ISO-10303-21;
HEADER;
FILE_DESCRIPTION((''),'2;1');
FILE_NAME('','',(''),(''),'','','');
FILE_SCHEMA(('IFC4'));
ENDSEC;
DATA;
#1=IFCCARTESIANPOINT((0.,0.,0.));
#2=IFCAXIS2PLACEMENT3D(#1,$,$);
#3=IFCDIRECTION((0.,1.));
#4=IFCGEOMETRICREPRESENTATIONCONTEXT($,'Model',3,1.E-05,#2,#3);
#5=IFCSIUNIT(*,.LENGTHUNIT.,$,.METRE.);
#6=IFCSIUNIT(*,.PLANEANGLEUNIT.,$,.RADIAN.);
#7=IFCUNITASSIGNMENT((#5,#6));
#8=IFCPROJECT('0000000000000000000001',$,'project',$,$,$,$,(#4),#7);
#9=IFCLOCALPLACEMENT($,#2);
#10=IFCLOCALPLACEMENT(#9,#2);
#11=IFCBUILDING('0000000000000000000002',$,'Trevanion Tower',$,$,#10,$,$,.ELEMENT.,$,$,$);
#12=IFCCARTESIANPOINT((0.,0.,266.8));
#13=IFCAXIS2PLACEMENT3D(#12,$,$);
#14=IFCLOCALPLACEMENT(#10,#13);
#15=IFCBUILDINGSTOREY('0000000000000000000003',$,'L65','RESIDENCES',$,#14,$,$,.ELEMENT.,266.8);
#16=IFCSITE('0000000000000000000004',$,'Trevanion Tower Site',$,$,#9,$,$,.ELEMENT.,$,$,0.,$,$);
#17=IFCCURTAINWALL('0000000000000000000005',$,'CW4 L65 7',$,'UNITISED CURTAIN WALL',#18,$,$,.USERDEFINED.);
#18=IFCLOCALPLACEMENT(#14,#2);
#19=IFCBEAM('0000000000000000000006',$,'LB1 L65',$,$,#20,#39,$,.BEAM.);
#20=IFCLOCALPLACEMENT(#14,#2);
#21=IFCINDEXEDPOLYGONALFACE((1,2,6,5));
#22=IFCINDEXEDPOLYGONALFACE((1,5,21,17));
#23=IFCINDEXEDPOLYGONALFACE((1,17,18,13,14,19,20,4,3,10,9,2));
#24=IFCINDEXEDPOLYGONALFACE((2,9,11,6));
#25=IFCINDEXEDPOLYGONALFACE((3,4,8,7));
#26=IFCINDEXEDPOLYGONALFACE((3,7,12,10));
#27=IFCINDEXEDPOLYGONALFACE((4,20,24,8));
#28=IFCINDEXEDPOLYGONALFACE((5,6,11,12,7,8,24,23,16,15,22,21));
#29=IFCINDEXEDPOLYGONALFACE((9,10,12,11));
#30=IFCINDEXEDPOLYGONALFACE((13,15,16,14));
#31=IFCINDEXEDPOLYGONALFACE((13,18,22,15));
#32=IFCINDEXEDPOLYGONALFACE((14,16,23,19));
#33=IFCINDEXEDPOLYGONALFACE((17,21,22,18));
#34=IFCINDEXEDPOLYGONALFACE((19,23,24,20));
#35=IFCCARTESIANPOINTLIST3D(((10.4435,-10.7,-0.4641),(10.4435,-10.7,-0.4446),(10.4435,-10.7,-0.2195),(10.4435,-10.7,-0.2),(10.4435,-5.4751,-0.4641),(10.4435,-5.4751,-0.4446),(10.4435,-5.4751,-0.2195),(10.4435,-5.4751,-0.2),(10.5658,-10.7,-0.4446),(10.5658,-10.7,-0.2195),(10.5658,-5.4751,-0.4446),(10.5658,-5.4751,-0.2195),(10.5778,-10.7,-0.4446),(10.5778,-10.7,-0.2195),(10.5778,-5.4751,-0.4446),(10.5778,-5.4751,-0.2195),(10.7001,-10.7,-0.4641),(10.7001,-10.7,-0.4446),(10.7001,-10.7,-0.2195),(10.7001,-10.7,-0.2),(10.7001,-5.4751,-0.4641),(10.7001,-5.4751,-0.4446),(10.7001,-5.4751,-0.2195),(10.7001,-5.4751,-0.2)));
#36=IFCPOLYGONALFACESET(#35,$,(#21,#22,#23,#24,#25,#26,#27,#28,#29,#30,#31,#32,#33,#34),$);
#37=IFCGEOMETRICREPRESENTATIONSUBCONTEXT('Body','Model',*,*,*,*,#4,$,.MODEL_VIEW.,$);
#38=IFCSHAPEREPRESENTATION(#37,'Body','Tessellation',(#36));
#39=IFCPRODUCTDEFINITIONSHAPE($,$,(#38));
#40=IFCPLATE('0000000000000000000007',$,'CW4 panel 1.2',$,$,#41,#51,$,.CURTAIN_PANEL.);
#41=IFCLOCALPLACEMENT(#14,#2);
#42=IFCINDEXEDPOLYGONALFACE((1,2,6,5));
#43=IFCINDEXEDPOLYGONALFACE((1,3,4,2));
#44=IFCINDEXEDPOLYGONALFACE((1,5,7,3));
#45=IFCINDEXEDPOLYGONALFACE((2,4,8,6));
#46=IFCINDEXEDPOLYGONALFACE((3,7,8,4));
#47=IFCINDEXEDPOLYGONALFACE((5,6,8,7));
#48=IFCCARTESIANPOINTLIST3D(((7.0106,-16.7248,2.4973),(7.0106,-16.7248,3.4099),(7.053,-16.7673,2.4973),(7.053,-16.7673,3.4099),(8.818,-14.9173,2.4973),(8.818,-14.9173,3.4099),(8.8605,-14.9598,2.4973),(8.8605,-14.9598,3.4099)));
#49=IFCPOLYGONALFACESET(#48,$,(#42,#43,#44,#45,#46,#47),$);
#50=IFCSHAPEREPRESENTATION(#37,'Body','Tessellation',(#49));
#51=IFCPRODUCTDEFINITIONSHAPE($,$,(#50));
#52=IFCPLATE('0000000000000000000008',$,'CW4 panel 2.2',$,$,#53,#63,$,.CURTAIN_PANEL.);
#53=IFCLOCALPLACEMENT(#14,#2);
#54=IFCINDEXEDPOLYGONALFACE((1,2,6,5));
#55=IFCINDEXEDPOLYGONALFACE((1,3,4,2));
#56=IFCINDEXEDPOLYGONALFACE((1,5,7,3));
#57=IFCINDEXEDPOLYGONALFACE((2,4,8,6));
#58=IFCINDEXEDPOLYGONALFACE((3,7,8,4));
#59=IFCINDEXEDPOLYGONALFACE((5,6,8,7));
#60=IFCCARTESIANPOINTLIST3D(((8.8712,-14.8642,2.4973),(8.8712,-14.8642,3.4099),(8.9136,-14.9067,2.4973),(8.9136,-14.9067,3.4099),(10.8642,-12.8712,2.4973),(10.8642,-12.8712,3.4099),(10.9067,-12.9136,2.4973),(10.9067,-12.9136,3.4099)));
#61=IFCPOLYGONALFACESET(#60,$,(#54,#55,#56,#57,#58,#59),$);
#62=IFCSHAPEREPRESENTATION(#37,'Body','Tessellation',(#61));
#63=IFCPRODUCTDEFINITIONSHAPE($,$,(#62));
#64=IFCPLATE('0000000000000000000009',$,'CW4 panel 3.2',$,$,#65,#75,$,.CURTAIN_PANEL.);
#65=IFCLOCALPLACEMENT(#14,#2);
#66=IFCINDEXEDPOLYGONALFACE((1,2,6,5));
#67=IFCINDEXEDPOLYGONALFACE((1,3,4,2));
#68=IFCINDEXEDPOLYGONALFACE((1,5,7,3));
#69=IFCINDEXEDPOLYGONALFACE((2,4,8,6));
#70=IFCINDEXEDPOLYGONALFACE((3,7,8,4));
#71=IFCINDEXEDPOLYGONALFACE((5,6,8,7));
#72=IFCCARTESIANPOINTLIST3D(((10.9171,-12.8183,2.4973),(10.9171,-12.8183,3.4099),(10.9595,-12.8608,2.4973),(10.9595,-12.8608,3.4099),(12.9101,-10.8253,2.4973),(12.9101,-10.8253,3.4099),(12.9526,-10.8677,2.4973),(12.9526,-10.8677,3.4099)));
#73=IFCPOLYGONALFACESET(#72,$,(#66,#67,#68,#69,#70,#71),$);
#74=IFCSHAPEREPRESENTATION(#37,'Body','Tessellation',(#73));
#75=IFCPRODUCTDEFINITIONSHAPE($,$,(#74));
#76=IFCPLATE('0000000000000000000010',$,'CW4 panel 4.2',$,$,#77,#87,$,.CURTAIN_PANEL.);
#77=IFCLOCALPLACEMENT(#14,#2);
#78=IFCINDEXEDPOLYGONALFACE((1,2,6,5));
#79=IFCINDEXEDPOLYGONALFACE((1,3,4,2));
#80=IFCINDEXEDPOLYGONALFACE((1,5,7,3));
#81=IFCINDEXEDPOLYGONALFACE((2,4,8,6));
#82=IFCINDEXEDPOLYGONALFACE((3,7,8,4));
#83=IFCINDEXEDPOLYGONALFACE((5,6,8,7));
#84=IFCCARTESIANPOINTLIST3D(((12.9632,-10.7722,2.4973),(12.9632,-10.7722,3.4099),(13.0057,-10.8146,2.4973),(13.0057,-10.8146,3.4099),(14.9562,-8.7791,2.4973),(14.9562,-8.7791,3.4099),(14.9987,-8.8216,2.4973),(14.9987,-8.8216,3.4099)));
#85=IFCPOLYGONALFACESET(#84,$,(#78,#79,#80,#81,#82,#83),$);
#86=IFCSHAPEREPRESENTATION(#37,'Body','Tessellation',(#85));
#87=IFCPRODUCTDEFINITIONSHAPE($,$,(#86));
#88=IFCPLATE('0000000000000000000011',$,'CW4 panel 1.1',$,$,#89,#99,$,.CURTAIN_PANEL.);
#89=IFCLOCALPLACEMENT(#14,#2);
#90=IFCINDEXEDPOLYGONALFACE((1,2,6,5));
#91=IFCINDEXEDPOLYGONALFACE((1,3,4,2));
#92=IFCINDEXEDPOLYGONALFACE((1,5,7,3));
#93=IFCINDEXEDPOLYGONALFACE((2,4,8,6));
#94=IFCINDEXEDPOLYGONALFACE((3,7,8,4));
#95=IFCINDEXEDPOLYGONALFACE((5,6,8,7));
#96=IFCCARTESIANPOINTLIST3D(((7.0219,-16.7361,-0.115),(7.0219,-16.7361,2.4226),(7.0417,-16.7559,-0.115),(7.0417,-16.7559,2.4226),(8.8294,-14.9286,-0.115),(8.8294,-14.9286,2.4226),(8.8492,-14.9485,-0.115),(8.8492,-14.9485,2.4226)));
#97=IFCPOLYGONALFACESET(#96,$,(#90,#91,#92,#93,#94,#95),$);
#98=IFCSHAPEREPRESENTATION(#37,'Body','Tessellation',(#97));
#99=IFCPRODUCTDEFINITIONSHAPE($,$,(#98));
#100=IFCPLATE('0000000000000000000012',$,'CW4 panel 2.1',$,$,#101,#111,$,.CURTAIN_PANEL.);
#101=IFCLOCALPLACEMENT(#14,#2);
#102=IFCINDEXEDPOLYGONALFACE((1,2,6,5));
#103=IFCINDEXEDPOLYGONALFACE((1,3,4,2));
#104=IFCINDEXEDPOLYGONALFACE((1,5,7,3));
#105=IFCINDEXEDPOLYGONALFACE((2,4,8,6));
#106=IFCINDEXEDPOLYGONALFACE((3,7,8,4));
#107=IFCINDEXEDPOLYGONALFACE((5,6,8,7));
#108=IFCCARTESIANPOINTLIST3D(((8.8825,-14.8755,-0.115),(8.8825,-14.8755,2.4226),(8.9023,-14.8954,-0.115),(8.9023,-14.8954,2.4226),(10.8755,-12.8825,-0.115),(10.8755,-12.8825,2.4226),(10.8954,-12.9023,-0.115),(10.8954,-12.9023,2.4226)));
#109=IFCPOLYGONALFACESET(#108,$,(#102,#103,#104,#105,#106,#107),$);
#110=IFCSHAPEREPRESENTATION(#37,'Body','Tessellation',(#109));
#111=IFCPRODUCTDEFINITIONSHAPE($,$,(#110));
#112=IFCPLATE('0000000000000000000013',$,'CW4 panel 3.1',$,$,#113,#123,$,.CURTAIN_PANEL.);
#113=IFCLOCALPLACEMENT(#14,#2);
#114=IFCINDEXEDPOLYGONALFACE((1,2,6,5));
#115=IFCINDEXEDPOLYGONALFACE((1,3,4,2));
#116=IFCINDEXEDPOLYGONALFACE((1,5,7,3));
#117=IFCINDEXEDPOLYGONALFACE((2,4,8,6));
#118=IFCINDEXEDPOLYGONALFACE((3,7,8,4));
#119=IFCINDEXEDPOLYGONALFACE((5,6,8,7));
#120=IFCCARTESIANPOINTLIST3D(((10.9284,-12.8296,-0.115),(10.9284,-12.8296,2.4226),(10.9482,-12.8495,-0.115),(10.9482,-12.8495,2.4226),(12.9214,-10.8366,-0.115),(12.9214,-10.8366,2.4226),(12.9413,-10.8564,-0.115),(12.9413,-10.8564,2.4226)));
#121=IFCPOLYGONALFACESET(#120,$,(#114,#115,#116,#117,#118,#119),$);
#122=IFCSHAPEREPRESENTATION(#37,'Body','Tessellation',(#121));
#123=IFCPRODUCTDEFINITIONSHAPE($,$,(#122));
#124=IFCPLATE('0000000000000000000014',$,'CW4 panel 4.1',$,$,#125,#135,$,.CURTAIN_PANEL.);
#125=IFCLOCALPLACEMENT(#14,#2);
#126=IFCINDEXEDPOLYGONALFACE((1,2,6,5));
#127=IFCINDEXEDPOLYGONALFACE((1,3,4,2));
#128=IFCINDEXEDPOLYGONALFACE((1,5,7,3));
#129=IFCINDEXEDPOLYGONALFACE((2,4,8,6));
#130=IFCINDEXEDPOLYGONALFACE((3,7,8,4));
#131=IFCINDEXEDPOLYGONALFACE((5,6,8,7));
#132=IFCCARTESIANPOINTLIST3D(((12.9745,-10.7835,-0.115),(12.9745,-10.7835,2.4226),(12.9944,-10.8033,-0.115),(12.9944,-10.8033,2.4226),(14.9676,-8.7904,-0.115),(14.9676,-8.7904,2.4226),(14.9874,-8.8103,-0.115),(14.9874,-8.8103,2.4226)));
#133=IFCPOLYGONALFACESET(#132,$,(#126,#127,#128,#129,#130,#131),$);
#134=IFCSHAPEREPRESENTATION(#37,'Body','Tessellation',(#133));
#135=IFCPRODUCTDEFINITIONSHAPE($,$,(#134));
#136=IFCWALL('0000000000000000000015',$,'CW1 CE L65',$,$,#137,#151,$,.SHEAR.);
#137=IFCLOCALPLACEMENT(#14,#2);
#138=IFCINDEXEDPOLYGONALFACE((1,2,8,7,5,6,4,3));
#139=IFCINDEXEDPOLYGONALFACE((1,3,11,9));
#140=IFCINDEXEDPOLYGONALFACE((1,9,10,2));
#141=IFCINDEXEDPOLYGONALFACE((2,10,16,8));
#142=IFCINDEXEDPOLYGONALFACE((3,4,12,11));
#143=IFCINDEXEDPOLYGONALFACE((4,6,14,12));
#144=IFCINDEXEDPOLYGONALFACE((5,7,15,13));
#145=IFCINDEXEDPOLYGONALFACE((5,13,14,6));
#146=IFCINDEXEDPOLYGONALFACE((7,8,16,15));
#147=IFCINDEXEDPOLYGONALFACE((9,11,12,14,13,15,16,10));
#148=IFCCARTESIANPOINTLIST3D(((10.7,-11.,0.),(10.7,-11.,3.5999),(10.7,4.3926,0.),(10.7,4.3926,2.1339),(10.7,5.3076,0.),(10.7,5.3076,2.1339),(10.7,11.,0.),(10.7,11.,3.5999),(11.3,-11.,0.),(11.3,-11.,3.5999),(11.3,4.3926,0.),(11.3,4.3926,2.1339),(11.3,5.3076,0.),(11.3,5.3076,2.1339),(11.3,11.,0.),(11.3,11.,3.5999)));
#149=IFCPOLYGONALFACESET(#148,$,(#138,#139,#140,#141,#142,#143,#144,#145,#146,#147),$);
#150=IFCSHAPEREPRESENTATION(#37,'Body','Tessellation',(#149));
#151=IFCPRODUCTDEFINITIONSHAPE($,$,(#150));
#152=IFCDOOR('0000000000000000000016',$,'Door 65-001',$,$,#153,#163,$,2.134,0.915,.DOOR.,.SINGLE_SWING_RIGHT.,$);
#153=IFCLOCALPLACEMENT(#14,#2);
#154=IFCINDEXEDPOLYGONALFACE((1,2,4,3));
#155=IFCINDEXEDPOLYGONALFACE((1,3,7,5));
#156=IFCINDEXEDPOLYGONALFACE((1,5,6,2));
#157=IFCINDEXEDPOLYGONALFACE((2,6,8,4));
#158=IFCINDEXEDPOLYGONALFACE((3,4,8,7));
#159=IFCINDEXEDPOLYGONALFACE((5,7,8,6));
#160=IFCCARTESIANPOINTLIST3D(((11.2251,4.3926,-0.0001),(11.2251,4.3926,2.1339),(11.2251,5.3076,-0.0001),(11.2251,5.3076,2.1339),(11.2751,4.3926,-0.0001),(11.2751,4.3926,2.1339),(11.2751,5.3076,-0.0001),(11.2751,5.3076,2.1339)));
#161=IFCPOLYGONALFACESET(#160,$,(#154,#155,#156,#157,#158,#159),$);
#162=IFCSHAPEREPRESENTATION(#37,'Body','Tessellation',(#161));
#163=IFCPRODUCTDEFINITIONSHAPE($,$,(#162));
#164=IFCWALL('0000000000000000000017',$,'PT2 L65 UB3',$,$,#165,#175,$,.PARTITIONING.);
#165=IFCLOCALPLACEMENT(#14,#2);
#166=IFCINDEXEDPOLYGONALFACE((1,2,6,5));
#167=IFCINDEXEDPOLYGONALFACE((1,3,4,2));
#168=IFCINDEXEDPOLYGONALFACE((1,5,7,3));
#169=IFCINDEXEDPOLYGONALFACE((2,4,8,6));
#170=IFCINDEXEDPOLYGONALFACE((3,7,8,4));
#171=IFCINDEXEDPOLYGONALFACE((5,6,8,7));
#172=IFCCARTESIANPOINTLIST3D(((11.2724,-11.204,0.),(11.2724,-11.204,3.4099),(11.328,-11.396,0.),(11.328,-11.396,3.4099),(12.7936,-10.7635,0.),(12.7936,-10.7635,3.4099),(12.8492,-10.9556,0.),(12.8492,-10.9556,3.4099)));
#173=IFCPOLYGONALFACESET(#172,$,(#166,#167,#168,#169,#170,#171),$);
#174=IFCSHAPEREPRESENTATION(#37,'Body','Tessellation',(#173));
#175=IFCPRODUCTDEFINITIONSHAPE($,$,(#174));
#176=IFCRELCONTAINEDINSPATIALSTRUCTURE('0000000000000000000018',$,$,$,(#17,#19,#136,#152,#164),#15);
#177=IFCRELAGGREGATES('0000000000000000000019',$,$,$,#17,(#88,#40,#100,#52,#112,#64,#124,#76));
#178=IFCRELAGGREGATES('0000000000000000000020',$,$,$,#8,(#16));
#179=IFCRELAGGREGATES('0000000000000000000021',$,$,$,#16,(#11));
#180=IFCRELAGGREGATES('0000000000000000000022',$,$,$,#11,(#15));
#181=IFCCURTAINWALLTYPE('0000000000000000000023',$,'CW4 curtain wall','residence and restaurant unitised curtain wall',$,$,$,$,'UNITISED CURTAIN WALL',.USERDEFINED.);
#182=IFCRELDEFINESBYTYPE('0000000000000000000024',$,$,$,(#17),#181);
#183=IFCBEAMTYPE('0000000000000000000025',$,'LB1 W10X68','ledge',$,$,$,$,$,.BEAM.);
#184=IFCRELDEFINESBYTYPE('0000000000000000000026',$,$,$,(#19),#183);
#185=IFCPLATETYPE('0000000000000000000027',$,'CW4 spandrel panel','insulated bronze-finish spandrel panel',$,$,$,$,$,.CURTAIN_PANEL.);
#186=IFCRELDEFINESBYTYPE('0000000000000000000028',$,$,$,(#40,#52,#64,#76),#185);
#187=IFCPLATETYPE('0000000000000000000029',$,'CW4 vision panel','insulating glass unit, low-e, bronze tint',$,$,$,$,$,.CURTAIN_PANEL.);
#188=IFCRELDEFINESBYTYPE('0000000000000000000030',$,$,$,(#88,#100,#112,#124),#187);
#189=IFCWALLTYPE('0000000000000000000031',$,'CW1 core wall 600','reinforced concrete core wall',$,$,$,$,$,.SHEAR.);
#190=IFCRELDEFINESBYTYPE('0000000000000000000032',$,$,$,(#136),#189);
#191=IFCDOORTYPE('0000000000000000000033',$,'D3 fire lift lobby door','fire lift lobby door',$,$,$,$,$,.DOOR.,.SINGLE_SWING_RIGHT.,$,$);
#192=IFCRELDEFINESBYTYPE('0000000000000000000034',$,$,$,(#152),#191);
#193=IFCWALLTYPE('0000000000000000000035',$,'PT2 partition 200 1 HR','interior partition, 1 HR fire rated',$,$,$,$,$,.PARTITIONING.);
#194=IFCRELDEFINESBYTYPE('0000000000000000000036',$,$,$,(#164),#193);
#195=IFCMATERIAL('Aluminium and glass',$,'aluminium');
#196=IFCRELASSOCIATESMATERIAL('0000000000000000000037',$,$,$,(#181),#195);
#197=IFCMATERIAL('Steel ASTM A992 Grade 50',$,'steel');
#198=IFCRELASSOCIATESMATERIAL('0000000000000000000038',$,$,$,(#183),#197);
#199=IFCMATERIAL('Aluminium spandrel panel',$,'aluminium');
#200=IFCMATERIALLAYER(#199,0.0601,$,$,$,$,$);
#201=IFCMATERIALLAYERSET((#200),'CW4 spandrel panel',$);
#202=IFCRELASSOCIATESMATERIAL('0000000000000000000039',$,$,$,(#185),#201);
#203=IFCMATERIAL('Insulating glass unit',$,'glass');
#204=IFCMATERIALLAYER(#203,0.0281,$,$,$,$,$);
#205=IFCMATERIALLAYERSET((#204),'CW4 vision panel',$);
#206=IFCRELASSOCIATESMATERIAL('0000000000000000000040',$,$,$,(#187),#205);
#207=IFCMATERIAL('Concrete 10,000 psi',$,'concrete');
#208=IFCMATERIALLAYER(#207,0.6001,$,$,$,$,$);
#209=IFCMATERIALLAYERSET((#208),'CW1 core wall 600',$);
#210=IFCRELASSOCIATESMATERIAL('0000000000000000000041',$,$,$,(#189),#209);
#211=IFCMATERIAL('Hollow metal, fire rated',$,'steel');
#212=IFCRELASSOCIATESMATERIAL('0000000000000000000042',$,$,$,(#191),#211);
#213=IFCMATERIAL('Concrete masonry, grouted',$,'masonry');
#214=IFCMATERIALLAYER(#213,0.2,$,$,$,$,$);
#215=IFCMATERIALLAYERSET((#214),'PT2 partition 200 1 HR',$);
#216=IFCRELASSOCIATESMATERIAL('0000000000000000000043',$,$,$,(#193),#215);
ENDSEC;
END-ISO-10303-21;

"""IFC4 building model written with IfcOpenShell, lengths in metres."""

from ifc_helpers import new_model, si_unit, direction, frame, frame_2d, origin, origin_2d, place, context, subcontext, project, spatial, rectangle, i_section, extrude, material, layer, layer_set, material_profile, profile_set, type_object, element, fill, aggregate, save


model = new_model("IFC4")

# Units and contexts
model_context = context("Model", 3, precision=1e-05, world=origin(), true_north=direction((0.0, 1.0)))
body_context = subcontext(model_context, "Body", "Model", "MODEL_VIEW")
ifc_project = project(units=[si_unit("LENGTHUNIT", "METRE"), si_unit("PLANEANGLEUNIT", "RADIAN")], contexts=[model_context])

# Site, building, storey
site_placement = place(None, origin())
site = spatial("IfcSite", under=ifc_project, at=site_placement, Name="Trevanion Tower Site", CompositionType="ELEMENT", RefElevation=0.0)
building_placement = place(site_placement, origin())
building = spatial("IfcBuilding", under=site, at=building_placement, Name="Trevanion Tower", CompositionType="ELEMENT")
storey_placement = place(building_placement, frame((0.0, 0.0, 266.8)))
storey = spatial("IfcBuildingStorey", under=building, at=storey_placement, Name="L65", Description="RESIDENCES", CompositionType="ELEMENT", Elevation=266.8)

# Curtain wall
ifc_material_1 = material(Name="Aluminium and glass", Category="aluminium")
curtain_wall_type = type_object("IfcCurtainWallType", Name="CW4 curtain wall", Description="residence and restaurant unitised curtain wall", ElementType="UNITISED CURTAIN WALL", PredefinedType="USERDEFINED", material=ifc_material_1)
curtain_wall_placement = place(storey_placement, origin())
curtain_wall = element("IfcCurtainWall", 1, at=curtain_wall_placement, inside=storey, type_object=curtain_wall_type, Name="CW4 L65 7", ObjectType="UNITISED CURTAIN WALL", PredefinedType="USERDEFINED")

# Beam
ifc_material_2 = material(Name="Steel ASTM A992 Grade 50", Category="steel")
ifc_material_profile_1 = material_profile(ifc_material_2, i_section(OverallWidth=0.2566, OverallDepth=0.2642, WebThickness=0.012, FlangeThickness=0.0195, at=origin_2d()), Name="W10X68")
ifc_profile_set_1 = profile_set([ifc_material_profile_1], Name="Steel ASTM A992 Grade 50")
beam_type = type_object("IfcBeamType", Name="LB1 W10X68", Description="ledge", PredefinedType="BEAM", material=ifc_profile_set_1)
beam_placement = place(storey_placement, frame((10.5718, -10.7, -0.332), z_axis=(0.0, 1.0, 0.0), x_axis=(-1.0, 0.0, 0.0)))
element("IfcBeam", 2, at=beam_placement, inside=storey, type_object=beam_type, Name="LB1 L65", PredefinedType="BEAM", context=body_context, shape_type="SweptSolid", body=[
    extrude(i_section(OverallWidth=0.2566, OverallDepth=0.2642, WebThickness=0.012, FlangeThickness=0.0195, at=origin_2d()), origin(), (0.0, 0.0, 1.0), 5.2249),
])

# Plates
ifc_material_3 = material(Name="Aluminium spandrel panel", Category="aluminium")
ifc_layer_1 = layer(ifc_material_3, 0.0601)
ifc_layer_set_1 = layer_set([ifc_layer_1], Name="CW4 spandrel panel")
plate_type_1 = type_object("IfcPlateType", Name="CW4 spandrel panel", Description="insulated bronze-finish spandrel panel", PredefinedType="CURTAIN_PANEL", material=ifc_layer_set_1)
plate_1_placement = place(storey_placement, frame((7.9355, -15.8423, 2.4973), z_axis=(0.0, 0.0, 1.0), x_axis=(0.707107, 0.707107, 0.0)))
plate_1 = element("IfcPlate", 3, at=plate_1_placement, type_object=plate_type_1, Name="CW4 panel 1.2", PredefinedType="CURTAIN_PANEL", context=body_context, shape_type="SweptSolid", body=[
    extrude(rectangle(XDim=2.5562, YDim=0.0601, at=origin_2d()), origin(), (0.0, 0.0, 1.0), 0.9126),
])
plate_2_placement = place(storey_placement, frame((9.8889, -13.8889, 2.4973), z_axis=(0.0, 0.0, 1.0), x_axis=(0.707107, 0.707107, 0.0)))
plate_2 = element("IfcPlate", 4, at=plate_2_placement, type_object=plate_type_1, Name="CW4 panel 2.2", PredefinedType="CURTAIN_PANEL", context=body_context, shape_type="SweptSolid", body=[
    extrude(rectangle(XDim=2.8186, YDim=0.0601, at=origin_2d()), origin(), (0.0, 0.0, 1.0), 0.9126),
])
plate_3_placement = place(storey_placement, frame((11.9348, -11.843, 2.4973), z_axis=(0.0, 0.0, 1.0), x_axis=(0.707107, 0.707107, 0.0)))
plate_3 = element("IfcPlate", 5, at=plate_3_placement, type_object=plate_type_1, Name="CW4 panel 3.2", PredefinedType="CURTAIN_PANEL", context=body_context, shape_type="SweptSolid", body=[
    extrude(rectangle(XDim=2.8186, YDim=0.0601, at=origin_2d()), origin(), (0.0, 0.0, 1.0), 0.9126),
])
plate_4_placement = place(storey_placement, frame((13.981, -9.7969, 2.4973), z_axis=(0.0, 0.0, 1.0), x_axis=(0.707107, 0.707107, 0.0)))
plate_4 = element("IfcPlate", 6, at=plate_4_placement, type_object=plate_type_1, Name="CW4 panel 4.2", PredefinedType="CURTAIN_PANEL", context=body_context, shape_type="SweptSolid", body=[
    extrude(rectangle(XDim=2.8186, YDim=0.0601, at=origin_2d()), origin(), (0.0, 0.0, 1.0), 0.9126),
])
ifc_material_4 = material(Name="Insulating glass unit", Category="glass")
ifc_layer_2 = layer(ifc_material_4, 0.0281)
ifc_layer_set_2 = layer_set([ifc_layer_2], Name="CW4 vision panel")
plate_type_2 = type_object("IfcPlateType", Name="CW4 vision panel", Description="insulating glass unit, low-e, bronze tint", PredefinedType="CURTAIN_PANEL", material=ifc_layer_set_2)
plate_5_placement = place(storey_placement, frame((7.9355, -15.8423, -0.115), z_axis=(0.0, 0.0, 1.0), x_axis=(0.707107, 0.707107, 0.0)))
plate_5 = element("IfcPlate", 7, at=plate_5_placement, type_object=plate_type_2, Name="CW4 panel 1.1", PredefinedType="CURTAIN_PANEL", context=body_context, shape_type="SweptSolid", body=[
    extrude(rectangle(XDim=2.5562, YDim=0.0281, at=origin_2d()), origin(), (0.0, 0.0, 1.0), 2.5376),
])
plate_6_placement = place(storey_placement, frame((9.8889, -13.8889, -0.115), z_axis=(0.0, 0.0, 1.0), x_axis=(0.707107, 0.707107, 0.0)))
plate_6 = element("IfcPlate", 8, at=plate_6_placement, type_object=plate_type_2, Name="CW4 panel 2.1", PredefinedType="CURTAIN_PANEL", context=body_context, shape_type="SweptSolid", body=[
    extrude(rectangle(XDim=2.8186, YDim=0.0281, at=origin_2d()), origin(), (0.0, 0.0, 1.0), 2.5376),
])
plate_7_placement = place(storey_placement, frame((11.9348, -11.843, -0.115), z_axis=(0.0, 0.0, 1.0), x_axis=(0.707107, 0.707107, 0.0)))
plate_7 = element("IfcPlate", 9, at=plate_7_placement, type_object=plate_type_2, Name="CW4 panel 3.1", PredefinedType="CURTAIN_PANEL", context=body_context, shape_type="SweptSolid", body=[
    extrude(rectangle(XDim=2.8186, YDim=0.0281, at=origin_2d()), origin(), (0.0, 0.0, 1.0), 2.5376),
])
plate_8_placement = place(storey_placement, frame((13.981, -9.7969, -0.115), z_axis=(0.0, 0.0, 1.0), x_axis=(0.707107, 0.707107, 0.0)))
plate_8 = element("IfcPlate", 10, at=plate_8_placement, type_object=plate_type_2, Name="CW4 panel 4.1", PredefinedType="CURTAIN_PANEL", context=body_context, shape_type="SweptSolid", body=[
    extrude(rectangle(XDim=2.8186, YDim=0.0281, at=origin_2d()), origin(), (0.0, 0.0, 1.0), 2.5376),
])
aggregate(curtain_wall, [plate_5, plate_1, plate_6, plate_2, plate_7, plate_3, plate_8, plate_4])

# Wall, opening, door
ifc_material_5 = material(Name="Concrete 10,000 psi", Category="concrete")
ifc_layer_3 = layer(ifc_material_5, 0.6001)
ifc_layer_set_3 = layer_set([ifc_layer_3], Name="CW1 core wall 600")
wall_type_1 = type_object("IfcWallType", Name="CW1 core wall 600", Description="reinforced concrete core wall", PredefinedType="SHEAR", material=ifc_layer_set_3)
wall_1_placement = place(storey_placement, frame((11.0, -11.0, 0.0), z_axis=(0.0, 0.0, 1.0), x_axis=(0.0, 1.0, 0.0)))
wall_1 = element("IfcWall", 11, at=wall_1_placement, inside=storey, type_object=wall_type_1, Name="CW1 CE L65", PredefinedType="SHEAR", context=body_context, shape_type="SweptSolid", body=[
    extrude(rectangle(XDim=22.0, YDim=0.6001, at=frame_2d((11.0, 0.0))), origin(), (0.0, 0.0, 1.0), 3.5999),
])
opening_placement = place(wall_1_placement, frame((15.3926, 0.0, 0.0)))
opening = element("IfcOpeningElement", 12, at=opening_placement, cuts=wall_1, PredefinedType="OPENING", context=body_context, shape_type="SweptSolid", body=[
    extrude(rectangle(XDim=0.915, YDim=2.134, at=frame_2d((0.4575, 1.0669))), frame((0.0, 0.3101, 0.0), z_axis=(0.0, -1.0, 0.0), x_axis=(1.0, 0.0, 0.0)), (0.0, 0.0, 1.0), 0.6201),
])
ifc_material_6 = material(Name="Hollow metal, fire rated", Category="steel")
door_type = type_object("IfcDoorType", Name="D3 fire lift lobby door", Description="fire lift lobby door", OperationType="SINGLE_SWING_RIGHT", PredefinedType="DOOR", material=ifc_material_6)
door_placement = place(opening_placement, origin())
door = element("IfcDoor", 13, at=door_placement, inside=storey, type_object=door_type, Name="Door 65-001", OperationType="SINGLE_SWING_RIGHT", OverallHeight=2.134, OverallWidth=0.915, PredefinedType="DOOR", context=body_context, shape_type="SweptSolid", body=[
    extrude(rectangle(XDim=0.915, YDim=2.134, at=frame_2d((0.4575, 1.0669))), frame((0.0, -0.2251, 0.0), z_axis=(0.0, -1.0, 0.0), x_axis=(1.0, 0.0, 0.0)), (0.0, 0.0, 1.0), 0.05),
])
fill(opening, door)

# Wall
ifc_material_7 = material(Name="Concrete masonry, grouted", Category="masonry")
ifc_layer_4 = layer(ifc_material_7, 0.2)
ifc_layer_set_4 = layer_set([ifc_layer_4], Name="PT2 partition 200 1 HR")
wall_type_2 = type_object("IfcWallType", Name="PT2 partition 200 1 HR", Description="interior partition, 1 HR fire rated", PredefinedType="PARTITIONING", material=ifc_layer_set_4)
wall_2_placement = place(storey_placement, frame((11.3, -11.3, 0.0), z_axis=(0.0, 0.0, 1.0), x_axis=(0.960552, 0.278099, 0.0)))
element("IfcWall", 14, at=wall_2_placement, inside=storey, type_object=wall_type_2, Name="PT2 L65 UB3", PredefinedType="PARTITIONING", context=body_context, shape_type="SweptSolid", body=[
    extrude(rectangle(XDim=1.5837, YDim=0.2, at=frame_2d((0.792, 0.0))), origin(), (0.0, 0.0, 1.0), 3.4099),
])

save(model, "model.ifc")
